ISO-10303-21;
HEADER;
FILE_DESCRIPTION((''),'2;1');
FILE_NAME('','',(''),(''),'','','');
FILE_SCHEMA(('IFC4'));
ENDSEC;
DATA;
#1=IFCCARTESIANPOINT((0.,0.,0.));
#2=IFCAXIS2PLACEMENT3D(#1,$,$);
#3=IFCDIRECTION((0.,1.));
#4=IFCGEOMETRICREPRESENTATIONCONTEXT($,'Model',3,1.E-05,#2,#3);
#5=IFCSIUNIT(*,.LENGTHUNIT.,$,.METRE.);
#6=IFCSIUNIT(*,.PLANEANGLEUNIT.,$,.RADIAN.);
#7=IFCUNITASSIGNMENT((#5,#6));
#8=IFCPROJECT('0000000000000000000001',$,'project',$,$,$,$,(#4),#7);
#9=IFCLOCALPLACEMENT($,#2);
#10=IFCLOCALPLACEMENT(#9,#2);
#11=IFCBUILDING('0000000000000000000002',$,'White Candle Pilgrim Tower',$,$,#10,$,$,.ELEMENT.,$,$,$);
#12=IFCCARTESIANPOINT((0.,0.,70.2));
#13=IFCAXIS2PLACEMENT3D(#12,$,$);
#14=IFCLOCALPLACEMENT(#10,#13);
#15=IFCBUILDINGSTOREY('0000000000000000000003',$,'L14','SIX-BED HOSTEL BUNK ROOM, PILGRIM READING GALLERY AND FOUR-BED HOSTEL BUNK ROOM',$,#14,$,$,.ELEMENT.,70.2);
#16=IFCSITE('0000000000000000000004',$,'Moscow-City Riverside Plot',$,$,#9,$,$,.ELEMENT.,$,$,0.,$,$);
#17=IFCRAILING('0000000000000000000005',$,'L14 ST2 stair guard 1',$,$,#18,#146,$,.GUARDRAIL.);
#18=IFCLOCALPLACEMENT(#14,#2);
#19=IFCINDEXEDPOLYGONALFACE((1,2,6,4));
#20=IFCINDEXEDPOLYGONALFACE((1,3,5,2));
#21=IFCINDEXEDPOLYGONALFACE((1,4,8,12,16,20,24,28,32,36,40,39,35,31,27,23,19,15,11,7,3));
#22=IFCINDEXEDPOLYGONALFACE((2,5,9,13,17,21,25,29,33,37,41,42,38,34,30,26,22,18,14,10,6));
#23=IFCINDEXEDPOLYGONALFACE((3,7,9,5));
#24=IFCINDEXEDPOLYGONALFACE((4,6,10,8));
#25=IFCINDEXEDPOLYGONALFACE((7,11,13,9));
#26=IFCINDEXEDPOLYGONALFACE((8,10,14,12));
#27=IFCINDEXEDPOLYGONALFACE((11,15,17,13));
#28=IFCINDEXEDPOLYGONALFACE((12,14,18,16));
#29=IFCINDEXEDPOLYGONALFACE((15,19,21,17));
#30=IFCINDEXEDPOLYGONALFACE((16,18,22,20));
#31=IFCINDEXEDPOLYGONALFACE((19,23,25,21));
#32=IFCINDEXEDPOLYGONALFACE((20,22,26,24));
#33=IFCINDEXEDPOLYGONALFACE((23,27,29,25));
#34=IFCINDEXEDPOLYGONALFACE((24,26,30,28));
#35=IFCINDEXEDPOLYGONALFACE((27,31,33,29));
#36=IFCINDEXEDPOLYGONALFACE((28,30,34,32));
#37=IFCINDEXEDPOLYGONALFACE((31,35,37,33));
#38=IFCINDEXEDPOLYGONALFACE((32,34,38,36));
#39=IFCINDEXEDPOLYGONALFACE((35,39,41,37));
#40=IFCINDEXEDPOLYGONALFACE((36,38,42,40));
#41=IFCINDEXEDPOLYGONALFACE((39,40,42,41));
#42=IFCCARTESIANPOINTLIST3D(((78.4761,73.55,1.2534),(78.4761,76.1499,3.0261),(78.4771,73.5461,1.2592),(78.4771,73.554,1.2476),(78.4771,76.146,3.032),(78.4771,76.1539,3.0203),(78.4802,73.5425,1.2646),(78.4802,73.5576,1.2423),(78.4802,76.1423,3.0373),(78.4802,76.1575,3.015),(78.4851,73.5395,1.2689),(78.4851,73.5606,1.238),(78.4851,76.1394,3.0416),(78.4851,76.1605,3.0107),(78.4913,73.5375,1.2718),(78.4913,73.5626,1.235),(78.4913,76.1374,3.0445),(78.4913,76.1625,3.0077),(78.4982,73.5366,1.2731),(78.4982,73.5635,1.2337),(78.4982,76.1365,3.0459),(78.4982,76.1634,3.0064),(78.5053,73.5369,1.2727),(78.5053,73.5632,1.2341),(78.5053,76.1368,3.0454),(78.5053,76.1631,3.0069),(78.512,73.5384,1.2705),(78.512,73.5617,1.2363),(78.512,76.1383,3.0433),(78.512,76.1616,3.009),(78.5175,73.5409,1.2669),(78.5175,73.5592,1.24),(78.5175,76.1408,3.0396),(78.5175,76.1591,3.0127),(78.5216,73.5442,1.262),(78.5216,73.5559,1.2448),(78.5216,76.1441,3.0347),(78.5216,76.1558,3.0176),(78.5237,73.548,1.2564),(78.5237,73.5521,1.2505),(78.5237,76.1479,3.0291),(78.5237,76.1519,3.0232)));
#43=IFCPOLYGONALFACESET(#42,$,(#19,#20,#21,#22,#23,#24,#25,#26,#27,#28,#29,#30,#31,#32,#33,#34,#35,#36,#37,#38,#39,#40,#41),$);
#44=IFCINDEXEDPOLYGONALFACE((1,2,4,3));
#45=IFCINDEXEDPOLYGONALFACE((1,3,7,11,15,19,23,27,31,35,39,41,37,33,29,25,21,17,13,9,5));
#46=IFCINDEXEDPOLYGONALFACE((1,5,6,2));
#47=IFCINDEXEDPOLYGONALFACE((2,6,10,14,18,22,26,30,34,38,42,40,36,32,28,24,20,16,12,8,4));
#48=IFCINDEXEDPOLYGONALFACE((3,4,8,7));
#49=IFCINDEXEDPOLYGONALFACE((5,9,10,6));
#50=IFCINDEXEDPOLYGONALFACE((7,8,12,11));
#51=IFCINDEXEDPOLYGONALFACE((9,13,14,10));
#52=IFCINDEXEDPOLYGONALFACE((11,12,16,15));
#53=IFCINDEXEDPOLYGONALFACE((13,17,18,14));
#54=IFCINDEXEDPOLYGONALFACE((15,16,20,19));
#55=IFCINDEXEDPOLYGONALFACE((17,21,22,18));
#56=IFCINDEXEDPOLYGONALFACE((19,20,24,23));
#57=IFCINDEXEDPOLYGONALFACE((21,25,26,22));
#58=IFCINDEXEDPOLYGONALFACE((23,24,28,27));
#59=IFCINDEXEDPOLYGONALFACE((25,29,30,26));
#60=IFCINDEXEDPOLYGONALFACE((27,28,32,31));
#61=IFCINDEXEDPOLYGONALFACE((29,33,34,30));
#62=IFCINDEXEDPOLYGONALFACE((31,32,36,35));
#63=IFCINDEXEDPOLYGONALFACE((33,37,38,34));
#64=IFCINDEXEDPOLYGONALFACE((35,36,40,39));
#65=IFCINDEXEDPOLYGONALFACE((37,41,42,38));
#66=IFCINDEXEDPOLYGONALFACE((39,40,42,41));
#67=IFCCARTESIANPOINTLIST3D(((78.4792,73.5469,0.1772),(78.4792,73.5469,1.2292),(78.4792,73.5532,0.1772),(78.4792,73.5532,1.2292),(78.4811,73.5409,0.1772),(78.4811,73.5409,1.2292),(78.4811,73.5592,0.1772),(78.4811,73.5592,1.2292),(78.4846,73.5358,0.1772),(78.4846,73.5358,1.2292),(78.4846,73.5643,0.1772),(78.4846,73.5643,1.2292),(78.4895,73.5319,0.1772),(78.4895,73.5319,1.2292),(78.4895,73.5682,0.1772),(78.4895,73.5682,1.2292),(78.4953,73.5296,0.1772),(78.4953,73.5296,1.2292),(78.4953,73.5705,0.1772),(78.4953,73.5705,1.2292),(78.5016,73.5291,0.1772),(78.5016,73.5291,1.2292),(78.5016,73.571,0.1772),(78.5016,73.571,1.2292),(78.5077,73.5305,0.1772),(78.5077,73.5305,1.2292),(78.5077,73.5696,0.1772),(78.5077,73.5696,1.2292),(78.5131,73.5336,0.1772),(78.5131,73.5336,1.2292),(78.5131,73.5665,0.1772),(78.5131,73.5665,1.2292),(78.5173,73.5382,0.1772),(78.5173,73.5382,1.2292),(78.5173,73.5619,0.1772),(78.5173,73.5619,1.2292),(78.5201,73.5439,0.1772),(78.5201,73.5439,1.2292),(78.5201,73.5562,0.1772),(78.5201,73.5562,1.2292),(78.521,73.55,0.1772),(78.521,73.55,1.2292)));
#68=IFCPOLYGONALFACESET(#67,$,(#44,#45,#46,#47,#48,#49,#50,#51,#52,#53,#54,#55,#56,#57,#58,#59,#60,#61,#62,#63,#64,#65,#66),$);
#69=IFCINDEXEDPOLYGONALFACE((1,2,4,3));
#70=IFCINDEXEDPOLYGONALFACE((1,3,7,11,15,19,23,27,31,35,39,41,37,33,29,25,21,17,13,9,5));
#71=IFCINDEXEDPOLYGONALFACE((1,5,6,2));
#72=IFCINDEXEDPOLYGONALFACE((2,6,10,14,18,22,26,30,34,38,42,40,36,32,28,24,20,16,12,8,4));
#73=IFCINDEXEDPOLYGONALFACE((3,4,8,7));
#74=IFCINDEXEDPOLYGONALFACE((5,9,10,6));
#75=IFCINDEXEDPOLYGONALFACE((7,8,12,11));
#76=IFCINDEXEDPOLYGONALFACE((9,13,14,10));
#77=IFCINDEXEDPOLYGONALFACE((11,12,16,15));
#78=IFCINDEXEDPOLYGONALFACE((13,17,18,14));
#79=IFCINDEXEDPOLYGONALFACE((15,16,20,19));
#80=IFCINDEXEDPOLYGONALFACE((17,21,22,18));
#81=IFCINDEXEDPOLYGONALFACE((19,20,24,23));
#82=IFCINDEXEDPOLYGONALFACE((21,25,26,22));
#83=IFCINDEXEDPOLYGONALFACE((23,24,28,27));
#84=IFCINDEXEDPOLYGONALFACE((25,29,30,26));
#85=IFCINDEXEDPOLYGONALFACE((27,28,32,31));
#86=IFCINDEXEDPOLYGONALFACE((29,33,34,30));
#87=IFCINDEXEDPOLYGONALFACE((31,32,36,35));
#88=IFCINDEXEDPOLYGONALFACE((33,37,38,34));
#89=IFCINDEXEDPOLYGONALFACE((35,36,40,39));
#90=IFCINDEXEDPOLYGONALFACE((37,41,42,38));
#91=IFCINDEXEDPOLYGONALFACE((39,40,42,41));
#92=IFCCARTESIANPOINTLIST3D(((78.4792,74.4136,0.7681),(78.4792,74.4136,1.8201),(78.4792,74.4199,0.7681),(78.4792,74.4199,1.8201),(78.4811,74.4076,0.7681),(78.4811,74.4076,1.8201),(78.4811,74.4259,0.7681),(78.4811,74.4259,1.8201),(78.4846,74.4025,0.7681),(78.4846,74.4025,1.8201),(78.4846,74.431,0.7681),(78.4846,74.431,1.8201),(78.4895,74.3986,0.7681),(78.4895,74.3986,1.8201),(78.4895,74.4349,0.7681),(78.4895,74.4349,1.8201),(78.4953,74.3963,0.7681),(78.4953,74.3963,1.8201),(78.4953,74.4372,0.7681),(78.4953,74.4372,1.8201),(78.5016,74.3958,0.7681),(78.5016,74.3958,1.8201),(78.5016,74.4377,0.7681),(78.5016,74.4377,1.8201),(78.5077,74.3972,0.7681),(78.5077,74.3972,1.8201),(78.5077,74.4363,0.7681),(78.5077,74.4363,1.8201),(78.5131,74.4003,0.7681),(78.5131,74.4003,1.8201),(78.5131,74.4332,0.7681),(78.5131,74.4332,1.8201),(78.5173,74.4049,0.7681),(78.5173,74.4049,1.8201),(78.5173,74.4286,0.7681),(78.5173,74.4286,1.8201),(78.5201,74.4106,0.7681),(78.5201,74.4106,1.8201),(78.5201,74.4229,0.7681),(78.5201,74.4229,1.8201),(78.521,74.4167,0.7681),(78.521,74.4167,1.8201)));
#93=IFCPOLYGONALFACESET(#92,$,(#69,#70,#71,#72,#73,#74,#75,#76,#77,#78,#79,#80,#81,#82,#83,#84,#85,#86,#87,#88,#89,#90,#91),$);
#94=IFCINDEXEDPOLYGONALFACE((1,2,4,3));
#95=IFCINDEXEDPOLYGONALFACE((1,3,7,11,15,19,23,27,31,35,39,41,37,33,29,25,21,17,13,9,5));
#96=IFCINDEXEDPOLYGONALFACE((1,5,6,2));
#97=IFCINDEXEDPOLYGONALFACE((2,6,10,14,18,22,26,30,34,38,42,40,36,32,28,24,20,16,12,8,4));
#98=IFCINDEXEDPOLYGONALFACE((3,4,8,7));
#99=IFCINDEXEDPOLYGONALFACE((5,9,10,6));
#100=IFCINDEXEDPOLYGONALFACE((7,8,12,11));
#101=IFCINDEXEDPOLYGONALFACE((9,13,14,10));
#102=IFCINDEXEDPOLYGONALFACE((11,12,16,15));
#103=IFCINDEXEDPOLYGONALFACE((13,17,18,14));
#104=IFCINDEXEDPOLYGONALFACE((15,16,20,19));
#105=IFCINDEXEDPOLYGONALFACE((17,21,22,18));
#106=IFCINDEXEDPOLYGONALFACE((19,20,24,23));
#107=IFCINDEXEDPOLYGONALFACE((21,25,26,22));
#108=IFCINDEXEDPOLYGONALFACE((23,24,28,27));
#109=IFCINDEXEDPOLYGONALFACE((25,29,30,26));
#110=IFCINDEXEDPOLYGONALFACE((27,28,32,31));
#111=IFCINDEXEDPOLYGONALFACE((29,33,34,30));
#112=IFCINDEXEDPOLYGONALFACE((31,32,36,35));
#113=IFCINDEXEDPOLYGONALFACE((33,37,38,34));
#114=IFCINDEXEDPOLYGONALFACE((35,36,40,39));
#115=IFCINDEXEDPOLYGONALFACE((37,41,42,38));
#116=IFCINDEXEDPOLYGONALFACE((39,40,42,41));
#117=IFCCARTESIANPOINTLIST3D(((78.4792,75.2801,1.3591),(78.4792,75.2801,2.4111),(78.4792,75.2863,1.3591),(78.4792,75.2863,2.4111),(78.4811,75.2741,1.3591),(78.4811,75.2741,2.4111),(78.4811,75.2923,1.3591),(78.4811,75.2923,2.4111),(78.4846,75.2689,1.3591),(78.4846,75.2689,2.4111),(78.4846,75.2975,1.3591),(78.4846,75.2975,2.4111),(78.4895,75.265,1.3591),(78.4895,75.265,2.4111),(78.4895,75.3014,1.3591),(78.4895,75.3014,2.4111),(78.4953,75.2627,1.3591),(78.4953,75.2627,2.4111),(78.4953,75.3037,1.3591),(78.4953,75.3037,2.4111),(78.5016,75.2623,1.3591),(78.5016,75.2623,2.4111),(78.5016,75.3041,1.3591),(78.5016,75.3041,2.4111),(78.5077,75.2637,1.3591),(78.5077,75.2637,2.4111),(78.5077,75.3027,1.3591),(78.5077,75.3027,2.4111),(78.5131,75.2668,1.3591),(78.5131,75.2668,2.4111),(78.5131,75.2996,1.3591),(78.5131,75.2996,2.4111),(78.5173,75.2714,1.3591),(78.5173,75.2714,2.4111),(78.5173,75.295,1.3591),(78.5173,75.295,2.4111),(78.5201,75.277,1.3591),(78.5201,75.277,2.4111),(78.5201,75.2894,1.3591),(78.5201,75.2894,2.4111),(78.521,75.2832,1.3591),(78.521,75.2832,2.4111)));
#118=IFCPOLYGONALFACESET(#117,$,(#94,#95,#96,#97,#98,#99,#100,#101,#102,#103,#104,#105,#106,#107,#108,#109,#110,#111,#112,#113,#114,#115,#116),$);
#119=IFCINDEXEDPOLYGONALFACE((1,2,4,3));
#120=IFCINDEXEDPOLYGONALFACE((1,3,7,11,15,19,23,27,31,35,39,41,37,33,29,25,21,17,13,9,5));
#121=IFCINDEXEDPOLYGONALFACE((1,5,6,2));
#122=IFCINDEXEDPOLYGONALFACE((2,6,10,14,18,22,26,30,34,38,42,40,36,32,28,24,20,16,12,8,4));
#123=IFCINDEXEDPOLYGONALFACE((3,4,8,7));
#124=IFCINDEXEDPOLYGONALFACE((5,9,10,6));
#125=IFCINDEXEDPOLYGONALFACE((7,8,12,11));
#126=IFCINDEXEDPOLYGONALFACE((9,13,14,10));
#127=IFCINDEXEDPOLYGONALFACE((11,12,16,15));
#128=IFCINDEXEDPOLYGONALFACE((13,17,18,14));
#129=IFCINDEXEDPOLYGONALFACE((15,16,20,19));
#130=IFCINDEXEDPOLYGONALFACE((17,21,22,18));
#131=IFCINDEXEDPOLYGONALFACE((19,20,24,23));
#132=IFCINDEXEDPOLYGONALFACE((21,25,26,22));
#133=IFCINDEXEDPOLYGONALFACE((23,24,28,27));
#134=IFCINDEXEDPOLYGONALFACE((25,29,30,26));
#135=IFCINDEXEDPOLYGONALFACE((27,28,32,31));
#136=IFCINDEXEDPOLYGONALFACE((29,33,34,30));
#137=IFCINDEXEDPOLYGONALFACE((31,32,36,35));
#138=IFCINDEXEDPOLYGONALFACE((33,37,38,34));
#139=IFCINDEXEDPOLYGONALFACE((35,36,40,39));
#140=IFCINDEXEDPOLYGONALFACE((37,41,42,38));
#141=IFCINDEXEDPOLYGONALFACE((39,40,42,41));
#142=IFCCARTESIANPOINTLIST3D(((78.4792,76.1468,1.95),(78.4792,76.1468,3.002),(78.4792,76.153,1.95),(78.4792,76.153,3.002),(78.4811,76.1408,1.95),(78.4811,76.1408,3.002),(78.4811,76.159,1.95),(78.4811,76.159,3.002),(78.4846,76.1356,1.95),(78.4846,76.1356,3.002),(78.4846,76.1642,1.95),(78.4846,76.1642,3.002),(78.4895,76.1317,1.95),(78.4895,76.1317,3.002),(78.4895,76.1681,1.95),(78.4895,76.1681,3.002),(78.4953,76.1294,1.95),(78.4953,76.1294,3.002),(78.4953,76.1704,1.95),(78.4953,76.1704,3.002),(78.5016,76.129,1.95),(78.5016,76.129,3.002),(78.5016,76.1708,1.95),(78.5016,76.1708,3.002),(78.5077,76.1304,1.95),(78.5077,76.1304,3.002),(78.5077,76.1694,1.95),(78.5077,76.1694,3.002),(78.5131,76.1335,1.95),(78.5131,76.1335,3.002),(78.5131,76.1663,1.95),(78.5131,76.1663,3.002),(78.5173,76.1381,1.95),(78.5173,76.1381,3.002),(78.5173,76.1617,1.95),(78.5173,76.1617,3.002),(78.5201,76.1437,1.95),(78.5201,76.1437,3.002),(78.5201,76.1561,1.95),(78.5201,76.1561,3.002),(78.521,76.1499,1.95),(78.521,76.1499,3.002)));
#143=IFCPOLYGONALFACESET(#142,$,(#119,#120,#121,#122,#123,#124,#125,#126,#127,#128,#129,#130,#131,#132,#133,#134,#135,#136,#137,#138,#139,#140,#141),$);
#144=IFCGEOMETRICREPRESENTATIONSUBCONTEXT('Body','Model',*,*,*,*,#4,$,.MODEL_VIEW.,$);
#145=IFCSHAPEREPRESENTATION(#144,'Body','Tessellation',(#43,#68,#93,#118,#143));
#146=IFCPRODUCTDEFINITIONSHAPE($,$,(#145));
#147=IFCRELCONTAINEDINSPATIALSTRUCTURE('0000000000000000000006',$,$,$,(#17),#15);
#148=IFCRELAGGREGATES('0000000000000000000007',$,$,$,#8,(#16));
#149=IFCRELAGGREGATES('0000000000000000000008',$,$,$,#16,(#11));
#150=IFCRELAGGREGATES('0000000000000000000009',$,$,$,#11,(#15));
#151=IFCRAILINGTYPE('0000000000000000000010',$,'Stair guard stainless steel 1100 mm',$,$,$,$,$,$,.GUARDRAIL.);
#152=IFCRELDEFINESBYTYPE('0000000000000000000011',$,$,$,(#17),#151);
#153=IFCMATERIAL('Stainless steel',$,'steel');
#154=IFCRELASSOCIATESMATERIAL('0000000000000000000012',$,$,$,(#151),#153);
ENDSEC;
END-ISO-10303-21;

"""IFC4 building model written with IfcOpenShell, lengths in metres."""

from ifc_helpers import new_model, si_unit, direction, frame, origin, origin_2d, place, context, subcontext, project, spatial, circle, extrude, material, type_object, element, save


model = new_model("IFC4")

# Units and contexts
model_context = context("Model", 3, precision=1e-05, world=origin(), true_north=direction((0.0, 1.0)))
body_context = subcontext(model_context, "Body", "Model", "MODEL_VIEW")
ifc_project = project(units=[si_unit("LENGTHUNIT", "METRE"), si_unit("PLANEANGLEUNIT", "RADIAN")], contexts=[model_context])

# Site, building, storey
site_placement = place(None, origin())
site = spatial("IfcSite", under=ifc_project, at=site_placement, Name="Moscow-City Riverside Plot", CompositionType="ELEMENT", RefElevation=0.0)
building_placement = place(site_placement, origin())
building = spatial("IfcBuilding", under=site, at=building_placement, Name="White Candle Pilgrim Tower", CompositionType="ELEMENT")
storey_placement = place(building_placement, frame((0.0, 0.0, 70.2)))
storey = spatial("IfcBuildingStorey", under=building, at=storey_placement, Name="L14", Description="SIX-BED HOSTEL BUNK ROOM, PILGRIM READING GALLERY AND FOUR-BED HOSTEL BUNK ROOM", CompositionType="ELEMENT", Elevation=70.2)

# Railing
ifc_material_1 = material(Name="Stainless steel", Category="steel")
railing_type_1 = type_object("IfcRailingType", Name="Stair guard stainless steel 1100 mm", PredefinedType="GUARDRAIL", material=ifc_material_1)
railing_1_placement = place(storey_placement, frame((78.5, 73.55, 0.1772)))
element("IfcRailing", 1, at=railing_1_placement, inside=storey, type_object=railing_type_1, Name="L14 ST2 stair guard 1", PredefinedType="GUARDRAIL", context=body_context, shape_type="SweptSolid", body=[
    extrude(circle(Radius=0.0239, at=origin_2d()), frame((0.0, 0.0, 1.0762), z_axis=(0.0, 0.826216, 0.563354), x_axis=(-1.0, 0.0, 0.0)), (0.0, 0.0, 1.0), 3.1467),
    extrude(circle(Radius=0.021, at=origin_2d()), origin(), (0.0, 0.0, 1.0), 1.052),
    extrude(circle(Radius=0.021, at=origin_2d()), frame((0.0, 0.8667, 0.5908)), (0.0, 0.0, 1.0), 1.052),
    extrude(circle(Radius=0.021, at=origin_2d()), frame((0.0, 1.7332, 1.1819)), (0.0, 0.0, 1.0), 1.052),
    extrude(circle(Radius=0.021, at=origin_2d()), frame((0.0, 2.5999, 1.7727)), (0.0, 0.0, 1.0), 1.052),
])

save(model, "model.ifc")
